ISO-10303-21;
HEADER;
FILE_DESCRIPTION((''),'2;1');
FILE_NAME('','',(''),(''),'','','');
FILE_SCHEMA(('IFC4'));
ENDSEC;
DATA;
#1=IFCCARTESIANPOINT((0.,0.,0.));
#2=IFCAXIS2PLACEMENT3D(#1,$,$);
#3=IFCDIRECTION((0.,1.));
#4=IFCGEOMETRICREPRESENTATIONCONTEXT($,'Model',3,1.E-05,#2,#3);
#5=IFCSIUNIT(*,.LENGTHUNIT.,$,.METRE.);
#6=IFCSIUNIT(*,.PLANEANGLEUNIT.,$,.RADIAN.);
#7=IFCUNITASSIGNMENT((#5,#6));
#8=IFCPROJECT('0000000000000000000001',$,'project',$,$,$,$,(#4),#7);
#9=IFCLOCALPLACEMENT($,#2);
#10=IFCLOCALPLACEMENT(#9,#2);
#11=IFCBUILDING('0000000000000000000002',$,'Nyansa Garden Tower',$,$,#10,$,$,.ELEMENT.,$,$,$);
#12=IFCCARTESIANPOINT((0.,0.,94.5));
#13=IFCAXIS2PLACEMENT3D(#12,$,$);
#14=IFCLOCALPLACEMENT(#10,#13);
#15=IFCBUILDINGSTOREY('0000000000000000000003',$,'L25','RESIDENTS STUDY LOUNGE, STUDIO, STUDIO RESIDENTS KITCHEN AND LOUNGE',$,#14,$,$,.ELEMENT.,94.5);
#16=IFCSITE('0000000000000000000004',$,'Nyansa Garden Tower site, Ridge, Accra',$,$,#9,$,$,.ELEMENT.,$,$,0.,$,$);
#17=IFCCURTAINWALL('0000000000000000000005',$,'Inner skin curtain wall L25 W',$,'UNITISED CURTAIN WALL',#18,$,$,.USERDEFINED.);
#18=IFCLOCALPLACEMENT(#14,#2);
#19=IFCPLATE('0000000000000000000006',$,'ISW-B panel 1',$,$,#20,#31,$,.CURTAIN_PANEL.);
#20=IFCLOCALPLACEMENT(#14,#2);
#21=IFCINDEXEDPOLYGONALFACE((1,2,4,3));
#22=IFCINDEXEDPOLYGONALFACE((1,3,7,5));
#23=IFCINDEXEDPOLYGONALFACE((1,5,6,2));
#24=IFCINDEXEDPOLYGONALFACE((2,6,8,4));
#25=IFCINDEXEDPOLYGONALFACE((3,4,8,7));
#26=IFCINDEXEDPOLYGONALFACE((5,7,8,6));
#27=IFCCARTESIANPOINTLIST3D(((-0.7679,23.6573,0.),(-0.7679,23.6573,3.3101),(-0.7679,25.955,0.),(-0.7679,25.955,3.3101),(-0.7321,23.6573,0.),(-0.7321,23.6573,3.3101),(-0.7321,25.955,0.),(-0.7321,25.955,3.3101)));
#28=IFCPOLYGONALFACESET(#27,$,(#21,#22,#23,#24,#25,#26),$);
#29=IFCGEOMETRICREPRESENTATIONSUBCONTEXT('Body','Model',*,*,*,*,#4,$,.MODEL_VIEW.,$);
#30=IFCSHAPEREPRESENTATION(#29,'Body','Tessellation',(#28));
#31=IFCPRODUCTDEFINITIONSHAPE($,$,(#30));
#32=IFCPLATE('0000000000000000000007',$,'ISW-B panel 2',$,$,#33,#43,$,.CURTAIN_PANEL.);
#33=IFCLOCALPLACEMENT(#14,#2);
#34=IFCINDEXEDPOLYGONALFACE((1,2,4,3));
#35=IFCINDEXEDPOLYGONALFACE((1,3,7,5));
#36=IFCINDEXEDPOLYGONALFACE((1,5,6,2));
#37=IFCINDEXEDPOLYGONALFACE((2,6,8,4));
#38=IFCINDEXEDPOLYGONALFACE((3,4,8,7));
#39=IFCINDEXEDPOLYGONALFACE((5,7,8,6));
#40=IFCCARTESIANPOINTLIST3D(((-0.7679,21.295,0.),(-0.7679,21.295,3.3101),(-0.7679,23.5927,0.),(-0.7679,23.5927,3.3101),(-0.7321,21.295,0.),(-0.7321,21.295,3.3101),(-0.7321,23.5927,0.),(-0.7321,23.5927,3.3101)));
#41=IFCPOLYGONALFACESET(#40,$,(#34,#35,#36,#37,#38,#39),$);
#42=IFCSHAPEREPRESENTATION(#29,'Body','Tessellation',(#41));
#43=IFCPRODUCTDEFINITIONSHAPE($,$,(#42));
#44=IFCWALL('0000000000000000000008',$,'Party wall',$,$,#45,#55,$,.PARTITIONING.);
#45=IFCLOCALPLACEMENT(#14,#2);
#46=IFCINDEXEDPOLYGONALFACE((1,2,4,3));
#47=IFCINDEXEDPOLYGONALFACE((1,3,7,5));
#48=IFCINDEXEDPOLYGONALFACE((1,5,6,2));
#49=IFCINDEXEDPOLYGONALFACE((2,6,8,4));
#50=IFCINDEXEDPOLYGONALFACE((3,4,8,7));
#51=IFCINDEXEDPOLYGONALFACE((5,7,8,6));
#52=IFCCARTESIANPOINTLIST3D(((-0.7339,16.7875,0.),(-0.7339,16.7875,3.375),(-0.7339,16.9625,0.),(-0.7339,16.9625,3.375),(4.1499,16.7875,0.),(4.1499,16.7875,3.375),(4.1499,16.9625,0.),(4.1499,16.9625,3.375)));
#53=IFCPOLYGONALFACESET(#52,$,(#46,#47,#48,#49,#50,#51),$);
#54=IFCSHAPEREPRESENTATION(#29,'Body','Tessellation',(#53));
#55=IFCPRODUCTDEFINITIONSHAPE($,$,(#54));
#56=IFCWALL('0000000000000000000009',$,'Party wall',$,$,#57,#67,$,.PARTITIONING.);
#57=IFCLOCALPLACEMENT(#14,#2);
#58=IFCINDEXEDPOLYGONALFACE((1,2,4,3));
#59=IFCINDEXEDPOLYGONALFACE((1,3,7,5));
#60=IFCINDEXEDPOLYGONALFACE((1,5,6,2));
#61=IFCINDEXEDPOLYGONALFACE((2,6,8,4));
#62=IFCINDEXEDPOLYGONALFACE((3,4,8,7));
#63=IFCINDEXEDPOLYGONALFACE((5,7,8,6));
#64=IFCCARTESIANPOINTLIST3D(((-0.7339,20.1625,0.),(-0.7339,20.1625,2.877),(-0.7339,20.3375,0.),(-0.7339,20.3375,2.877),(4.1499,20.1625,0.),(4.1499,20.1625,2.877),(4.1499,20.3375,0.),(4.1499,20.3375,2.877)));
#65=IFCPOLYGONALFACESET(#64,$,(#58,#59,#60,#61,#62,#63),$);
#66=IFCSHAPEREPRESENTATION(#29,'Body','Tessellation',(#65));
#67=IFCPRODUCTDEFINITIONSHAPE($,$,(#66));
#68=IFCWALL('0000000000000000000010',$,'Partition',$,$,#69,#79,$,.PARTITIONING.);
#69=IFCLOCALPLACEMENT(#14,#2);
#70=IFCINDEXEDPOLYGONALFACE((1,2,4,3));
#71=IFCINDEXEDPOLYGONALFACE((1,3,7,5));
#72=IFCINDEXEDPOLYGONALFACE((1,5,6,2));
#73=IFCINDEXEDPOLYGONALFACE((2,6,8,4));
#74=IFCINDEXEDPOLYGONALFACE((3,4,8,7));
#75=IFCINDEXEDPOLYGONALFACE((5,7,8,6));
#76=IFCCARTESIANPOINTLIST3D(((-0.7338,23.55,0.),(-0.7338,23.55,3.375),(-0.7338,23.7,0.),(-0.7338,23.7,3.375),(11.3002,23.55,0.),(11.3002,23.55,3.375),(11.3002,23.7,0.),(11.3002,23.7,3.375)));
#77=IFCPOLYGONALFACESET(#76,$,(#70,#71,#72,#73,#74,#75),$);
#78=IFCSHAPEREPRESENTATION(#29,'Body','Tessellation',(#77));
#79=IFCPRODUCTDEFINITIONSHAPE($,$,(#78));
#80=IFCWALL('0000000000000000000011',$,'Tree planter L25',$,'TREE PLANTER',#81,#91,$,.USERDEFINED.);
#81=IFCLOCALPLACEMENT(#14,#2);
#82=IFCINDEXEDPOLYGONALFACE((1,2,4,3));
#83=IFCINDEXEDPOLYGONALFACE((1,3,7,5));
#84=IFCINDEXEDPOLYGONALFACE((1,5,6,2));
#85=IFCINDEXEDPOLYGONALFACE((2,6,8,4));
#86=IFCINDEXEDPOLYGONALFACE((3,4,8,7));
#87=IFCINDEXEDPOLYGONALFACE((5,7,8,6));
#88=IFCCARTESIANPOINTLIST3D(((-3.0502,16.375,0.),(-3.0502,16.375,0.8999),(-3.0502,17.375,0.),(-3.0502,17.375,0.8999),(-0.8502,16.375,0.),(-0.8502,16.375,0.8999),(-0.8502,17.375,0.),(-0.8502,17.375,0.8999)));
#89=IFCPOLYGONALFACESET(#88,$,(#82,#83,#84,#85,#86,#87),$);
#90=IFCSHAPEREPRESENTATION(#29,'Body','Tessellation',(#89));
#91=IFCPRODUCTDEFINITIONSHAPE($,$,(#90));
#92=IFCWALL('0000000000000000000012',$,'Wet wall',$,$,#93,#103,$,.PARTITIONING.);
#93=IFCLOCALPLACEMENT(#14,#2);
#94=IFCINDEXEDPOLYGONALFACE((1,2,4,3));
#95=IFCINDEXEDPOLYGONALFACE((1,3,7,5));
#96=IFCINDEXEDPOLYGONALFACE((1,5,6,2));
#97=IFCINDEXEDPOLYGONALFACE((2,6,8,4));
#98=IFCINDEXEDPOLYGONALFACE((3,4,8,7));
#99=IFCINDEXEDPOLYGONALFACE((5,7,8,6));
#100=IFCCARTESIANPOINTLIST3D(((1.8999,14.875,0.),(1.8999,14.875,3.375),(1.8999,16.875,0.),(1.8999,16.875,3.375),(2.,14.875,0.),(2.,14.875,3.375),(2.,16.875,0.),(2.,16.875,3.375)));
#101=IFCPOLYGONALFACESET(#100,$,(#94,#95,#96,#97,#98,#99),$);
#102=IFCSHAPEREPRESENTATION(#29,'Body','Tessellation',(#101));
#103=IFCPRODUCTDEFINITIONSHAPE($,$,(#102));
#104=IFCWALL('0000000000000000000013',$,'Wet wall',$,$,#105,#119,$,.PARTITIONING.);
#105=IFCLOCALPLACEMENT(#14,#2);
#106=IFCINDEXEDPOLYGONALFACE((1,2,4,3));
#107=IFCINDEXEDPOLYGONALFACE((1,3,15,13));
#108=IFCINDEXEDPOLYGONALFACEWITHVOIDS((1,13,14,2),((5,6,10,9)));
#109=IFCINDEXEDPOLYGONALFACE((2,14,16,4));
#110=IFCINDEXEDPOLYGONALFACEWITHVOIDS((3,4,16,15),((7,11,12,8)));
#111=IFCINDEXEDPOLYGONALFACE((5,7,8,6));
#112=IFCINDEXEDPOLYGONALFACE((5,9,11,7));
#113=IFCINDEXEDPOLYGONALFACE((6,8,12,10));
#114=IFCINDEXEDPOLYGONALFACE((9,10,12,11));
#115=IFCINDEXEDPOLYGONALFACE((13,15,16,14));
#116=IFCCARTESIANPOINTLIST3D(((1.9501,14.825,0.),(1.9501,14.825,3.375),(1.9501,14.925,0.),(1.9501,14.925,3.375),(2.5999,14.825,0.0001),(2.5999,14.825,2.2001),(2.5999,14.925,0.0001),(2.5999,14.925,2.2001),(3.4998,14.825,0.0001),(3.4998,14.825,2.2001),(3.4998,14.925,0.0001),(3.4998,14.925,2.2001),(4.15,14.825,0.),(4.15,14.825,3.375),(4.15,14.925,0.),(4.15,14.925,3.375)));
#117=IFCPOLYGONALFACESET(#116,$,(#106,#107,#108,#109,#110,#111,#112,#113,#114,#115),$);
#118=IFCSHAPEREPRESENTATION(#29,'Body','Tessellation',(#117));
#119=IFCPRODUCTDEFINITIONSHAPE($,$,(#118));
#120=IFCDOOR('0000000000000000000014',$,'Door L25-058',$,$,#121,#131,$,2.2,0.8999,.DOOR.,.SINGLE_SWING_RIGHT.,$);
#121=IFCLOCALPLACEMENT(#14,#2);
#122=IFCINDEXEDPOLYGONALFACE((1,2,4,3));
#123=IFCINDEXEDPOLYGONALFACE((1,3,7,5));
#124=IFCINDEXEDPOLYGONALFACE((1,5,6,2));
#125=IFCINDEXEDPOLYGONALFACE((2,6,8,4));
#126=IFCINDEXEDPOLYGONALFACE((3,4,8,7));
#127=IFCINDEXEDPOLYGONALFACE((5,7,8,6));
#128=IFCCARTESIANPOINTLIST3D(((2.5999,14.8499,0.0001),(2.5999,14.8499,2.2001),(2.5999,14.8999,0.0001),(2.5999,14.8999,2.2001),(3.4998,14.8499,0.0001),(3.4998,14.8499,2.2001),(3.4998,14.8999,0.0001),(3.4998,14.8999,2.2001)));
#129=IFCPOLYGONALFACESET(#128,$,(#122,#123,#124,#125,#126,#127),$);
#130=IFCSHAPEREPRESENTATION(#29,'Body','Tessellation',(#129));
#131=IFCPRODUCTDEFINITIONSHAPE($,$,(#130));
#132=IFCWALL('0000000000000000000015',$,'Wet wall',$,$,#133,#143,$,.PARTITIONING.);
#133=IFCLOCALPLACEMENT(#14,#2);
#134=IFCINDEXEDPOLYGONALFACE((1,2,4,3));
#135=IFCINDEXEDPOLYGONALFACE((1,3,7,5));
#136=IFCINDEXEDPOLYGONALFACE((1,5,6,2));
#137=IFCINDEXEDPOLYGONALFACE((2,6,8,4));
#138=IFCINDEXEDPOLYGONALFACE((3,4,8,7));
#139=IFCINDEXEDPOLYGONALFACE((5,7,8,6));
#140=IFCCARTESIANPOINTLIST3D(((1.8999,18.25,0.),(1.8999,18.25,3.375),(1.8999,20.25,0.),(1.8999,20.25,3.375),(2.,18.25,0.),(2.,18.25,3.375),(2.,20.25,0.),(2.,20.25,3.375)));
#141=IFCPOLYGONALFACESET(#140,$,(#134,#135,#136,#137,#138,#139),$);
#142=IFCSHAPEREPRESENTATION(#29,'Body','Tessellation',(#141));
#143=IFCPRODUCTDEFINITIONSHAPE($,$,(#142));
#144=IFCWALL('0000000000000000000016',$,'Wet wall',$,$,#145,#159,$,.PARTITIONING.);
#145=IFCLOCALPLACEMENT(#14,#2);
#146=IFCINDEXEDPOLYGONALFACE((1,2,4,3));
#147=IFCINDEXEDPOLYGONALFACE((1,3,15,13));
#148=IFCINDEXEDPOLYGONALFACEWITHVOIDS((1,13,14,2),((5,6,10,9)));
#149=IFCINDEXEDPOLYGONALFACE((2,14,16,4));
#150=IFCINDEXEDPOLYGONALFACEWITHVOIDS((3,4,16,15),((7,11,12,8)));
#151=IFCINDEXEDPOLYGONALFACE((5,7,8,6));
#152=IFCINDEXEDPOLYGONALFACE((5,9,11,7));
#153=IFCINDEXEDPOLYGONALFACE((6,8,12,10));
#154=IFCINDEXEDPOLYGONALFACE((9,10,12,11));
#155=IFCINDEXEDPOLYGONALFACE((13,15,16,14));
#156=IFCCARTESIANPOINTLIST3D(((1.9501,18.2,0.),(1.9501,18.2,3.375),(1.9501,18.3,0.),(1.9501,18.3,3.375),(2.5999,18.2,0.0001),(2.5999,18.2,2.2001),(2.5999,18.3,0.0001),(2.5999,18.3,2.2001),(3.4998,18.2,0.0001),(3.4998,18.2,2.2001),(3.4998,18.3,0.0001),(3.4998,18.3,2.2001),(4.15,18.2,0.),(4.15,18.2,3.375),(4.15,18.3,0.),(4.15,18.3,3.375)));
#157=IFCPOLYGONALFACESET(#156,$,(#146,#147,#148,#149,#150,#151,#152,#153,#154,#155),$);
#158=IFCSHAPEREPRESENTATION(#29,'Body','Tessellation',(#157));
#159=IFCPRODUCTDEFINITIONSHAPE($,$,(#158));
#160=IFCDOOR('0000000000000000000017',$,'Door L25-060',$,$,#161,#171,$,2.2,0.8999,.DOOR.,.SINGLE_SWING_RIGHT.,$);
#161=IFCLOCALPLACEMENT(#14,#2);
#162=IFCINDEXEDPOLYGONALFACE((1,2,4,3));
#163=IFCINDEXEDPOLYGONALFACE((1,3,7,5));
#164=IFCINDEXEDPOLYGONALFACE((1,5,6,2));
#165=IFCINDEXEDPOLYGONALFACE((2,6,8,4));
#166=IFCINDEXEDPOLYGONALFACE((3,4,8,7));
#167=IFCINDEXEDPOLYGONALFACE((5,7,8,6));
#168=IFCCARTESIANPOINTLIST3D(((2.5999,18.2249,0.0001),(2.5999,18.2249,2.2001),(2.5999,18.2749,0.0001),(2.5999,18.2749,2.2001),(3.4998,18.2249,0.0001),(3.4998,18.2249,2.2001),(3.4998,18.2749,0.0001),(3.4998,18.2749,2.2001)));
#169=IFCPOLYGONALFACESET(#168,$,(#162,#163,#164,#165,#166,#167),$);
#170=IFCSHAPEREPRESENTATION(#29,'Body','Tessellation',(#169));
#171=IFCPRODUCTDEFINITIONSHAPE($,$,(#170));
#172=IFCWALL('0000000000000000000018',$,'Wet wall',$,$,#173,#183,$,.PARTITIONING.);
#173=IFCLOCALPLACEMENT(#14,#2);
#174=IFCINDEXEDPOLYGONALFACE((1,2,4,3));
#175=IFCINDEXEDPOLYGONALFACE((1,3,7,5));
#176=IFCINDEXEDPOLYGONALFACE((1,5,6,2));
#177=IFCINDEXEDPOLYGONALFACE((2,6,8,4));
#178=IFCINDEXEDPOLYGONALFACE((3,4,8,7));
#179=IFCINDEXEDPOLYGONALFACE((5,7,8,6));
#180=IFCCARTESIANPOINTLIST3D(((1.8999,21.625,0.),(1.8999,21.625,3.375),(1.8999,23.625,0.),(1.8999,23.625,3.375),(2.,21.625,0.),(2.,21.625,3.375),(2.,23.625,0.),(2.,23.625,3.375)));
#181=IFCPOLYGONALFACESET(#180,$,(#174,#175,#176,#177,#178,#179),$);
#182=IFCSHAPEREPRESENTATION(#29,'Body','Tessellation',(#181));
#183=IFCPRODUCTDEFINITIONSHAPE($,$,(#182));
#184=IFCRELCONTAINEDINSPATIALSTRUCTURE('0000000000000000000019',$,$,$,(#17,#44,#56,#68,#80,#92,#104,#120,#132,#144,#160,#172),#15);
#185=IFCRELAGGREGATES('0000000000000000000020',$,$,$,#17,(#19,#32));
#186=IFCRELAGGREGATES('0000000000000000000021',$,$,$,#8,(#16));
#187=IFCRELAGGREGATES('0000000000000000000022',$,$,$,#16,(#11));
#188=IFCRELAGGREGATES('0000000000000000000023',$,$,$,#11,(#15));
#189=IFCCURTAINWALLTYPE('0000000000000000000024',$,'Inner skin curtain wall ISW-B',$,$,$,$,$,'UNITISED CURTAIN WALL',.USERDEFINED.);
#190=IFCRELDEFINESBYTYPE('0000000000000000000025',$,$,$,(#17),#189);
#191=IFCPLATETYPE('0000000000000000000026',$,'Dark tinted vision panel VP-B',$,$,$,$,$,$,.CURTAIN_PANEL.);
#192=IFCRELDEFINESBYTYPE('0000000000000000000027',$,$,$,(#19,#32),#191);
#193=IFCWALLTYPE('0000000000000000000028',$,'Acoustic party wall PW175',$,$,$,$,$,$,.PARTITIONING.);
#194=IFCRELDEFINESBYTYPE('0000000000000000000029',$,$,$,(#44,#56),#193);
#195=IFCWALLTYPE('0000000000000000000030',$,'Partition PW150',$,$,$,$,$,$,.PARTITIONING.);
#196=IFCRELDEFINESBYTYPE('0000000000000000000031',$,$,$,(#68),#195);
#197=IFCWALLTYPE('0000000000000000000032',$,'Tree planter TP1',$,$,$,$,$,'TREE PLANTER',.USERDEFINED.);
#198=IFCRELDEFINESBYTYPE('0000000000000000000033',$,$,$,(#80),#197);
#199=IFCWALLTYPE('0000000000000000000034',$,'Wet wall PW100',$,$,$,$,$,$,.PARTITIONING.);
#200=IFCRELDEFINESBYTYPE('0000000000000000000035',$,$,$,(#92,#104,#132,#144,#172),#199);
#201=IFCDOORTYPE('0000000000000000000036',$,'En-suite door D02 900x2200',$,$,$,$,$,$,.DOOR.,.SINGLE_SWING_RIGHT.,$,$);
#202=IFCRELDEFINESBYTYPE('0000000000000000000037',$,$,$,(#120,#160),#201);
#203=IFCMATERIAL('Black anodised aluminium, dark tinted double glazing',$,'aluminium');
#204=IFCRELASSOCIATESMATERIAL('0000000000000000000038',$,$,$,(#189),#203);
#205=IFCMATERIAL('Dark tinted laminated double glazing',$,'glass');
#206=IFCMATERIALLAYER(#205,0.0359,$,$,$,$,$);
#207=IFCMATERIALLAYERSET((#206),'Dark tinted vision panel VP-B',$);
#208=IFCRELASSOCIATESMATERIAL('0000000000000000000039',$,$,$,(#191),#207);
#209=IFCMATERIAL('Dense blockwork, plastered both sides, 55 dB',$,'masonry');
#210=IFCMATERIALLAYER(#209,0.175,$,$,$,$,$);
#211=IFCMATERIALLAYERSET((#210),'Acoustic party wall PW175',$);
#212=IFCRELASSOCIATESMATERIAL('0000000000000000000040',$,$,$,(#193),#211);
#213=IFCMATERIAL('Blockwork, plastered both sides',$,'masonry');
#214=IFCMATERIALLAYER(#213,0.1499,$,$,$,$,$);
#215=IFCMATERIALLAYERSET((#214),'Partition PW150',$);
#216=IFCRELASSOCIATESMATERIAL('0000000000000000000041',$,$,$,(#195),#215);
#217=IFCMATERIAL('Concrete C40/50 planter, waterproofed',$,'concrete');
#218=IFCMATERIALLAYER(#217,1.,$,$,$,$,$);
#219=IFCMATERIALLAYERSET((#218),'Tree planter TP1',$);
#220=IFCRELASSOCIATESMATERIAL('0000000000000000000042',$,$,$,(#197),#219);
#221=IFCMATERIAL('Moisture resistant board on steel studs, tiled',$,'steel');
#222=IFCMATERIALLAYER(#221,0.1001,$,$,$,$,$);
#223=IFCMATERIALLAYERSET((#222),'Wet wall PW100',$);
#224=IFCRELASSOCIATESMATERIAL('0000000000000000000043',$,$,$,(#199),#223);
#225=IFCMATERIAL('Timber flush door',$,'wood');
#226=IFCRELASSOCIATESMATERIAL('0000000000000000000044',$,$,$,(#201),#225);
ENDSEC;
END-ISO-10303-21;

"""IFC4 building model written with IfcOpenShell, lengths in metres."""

from ifc_helpers import new_model, si_unit, direction, frame, frame_2d, origin, origin_2d, place, context, subcontext, project, spatial, rectangle, extrude, material, layer, layer_set, type_object, element, fill, aggregate, save


model = new_model("IFC4")

# Units and contexts
model_context = context("Model", 3, precision=1e-05, world=origin(), true_north=direction((0.0, 1.0)))
body_context = subcontext(model_context, "Body", "Model", "MODEL_VIEW")
ifc_project = project(units=[si_unit("LENGTHUNIT", "METRE"), si_unit("PLANEANGLEUNIT", "RADIAN")], contexts=[model_context])

# Site, building, storey
site_placement = place(None, origin())
site = spatial("IfcSite", under=ifc_project, at=site_placement, Name="Nyansa Garden Tower site, Ridge, Accra", CompositionType="ELEMENT", RefElevation=0.0)
building_placement = place(site_placement, origin())
building = spatial("IfcBuilding", under=site, at=building_placement, Name="Nyansa Garden Tower", CompositionType="ELEMENT")
storey_placement = place(building_placement, frame((0.0, 0.0, 94.5)))
storey = spatial("IfcBuildingStorey", under=building, at=storey_placement, Name="L25", Description="RESIDENTS STUDY LOUNGE, STUDIO, STUDIO RESIDENTS KITCHEN AND LOUNGE", CompositionType="ELEMENT", Elevation=94.5)

# Curtain wall
ifc_material_1 = material(Name="Black anodised aluminium, dark tinted double glazing", Category="aluminium")
curtain_wall_type = type_object("IfcCurtainWallType", Name="Inner skin curtain wall ISW-B", ElementType="UNITISED CURTAIN WALL", PredefinedType="USERDEFINED", material=ifc_material_1)
curtain_wall_placement = place(storey_placement, origin())
curtain_wall = element("IfcCurtainWall", 1, at=curtain_wall_placement, inside=storey, type_object=curtain_wall_type, Name="Inner skin curtain wall L25 W", ObjectType="UNITISED CURTAIN WALL", PredefinedType="USERDEFINED")

# Plates
ifc_material_2 = material(Name="Dark tinted laminated double glazing", Category="glass")
ifc_layer_1 = layer(ifc_material_2, 0.0359)
ifc_layer_set_1 = layer_set([ifc_layer_1], Name="Dark tinted vision panel VP-B")
plate_type = type_object("IfcPlateType", Name="Dark tinted vision panel VP-B", PredefinedType="CURTAIN_PANEL", material=ifc_layer_set_1)
plate_1_placement = place(storey_placement, frame((-0.75, 24.8062, 0.0), z_axis=(0.0, 0.0, 1.0), x_axis=(0.0, -1.0, 0.0)))
plate_1 = element("IfcPlate", 2, at=plate_1_placement, type_object=plate_type, Name="ISW-B panel 1", PredefinedType="CURTAIN_PANEL", context=body_context, shape_type="SweptSolid", body=[
    extrude(rectangle(XDim=2.2976, YDim=0.0359, at=origin_2d()), origin(), (0.0, 0.0, 1.0), 3.3101),
])
plate_2_placement = place(storey_placement, frame((-0.75, 22.4438, 0.0), z_axis=(0.0, 0.0, 1.0), x_axis=(0.0, -1.0, 0.0)))
plate_2 = element("IfcPlate", 3, at=plate_2_placement, type_object=plate_type, Name="ISW-B panel 2", PredefinedType="CURTAIN_PANEL", context=body_context, shape_type="SweptSolid", body=[
    extrude(rectangle(XDim=2.2976, YDim=0.0359, at=origin_2d()), origin(), (0.0, 0.0, 1.0), 3.3101),
])
aggregate(curtain_wall, [plate_1, plate_2])

# Walls
ifc_material_3 = material(Name="Dense blockwork, plastered both sides, 55 dB", Category="masonry")
ifc_layer_2 = layer(ifc_material_3, 0.175)
ifc_layer_set_2 = layer_set([ifc_layer_2], Name="Acoustic party wall PW175")
wall_type_1 = type_object("IfcWallType", Name="Acoustic party wall PW175", PredefinedType="PARTITIONING", material=ifc_layer_set_2)
wall_1_placement = place(storey_placement, frame((-0.7339, 16.875, 0.0), z_axis=(0.0, 0.0, 1.0), x_axis=(1.0, 0.0, 0.0)))
element("IfcWall", 4, at=wall_1_placement, inside=storey, type_object=wall_type_1, Name="Party wall", PredefinedType="PARTITIONING", context=body_context, shape_type="SweptSolid", body=[
    extrude(rectangle(XDim=4.8838, YDim=0.175, at=frame_2d((2.4419, 0.0))), origin(), (0.0, 0.0, 1.0), 3.375),
])
wall_2_placement = place(storey_placement, frame((-0.7339, 20.25, 0.0), z_axis=(0.0, 0.0, 1.0), x_axis=(1.0, 0.0, 0.0)))
element("IfcWall", 5, at=wall_2_placement, inside=storey, type_object=wall_type_1, Name="Party wall", PredefinedType="PARTITIONING", context=body_context, shape_type="SweptSolid", body=[
    extrude(rectangle(XDim=4.8838, YDim=0.175, at=frame_2d((2.4419, 0.0))), origin(), (0.0, 0.0, 1.0), 2.877),
])
ifc_material_4 = material(Name="Blockwork, plastered both sides", Category="masonry")
ifc_layer_3 = layer(ifc_material_4, 0.1499)
ifc_layer_set_3 = layer_set([ifc_layer_3], Name="Partition PW150")
wall_type_2 = type_object("IfcWallType", Name="Partition PW150", PredefinedType="PARTITIONING", material=ifc_layer_set_3)
wall_3_placement = place(storey_placement, frame((-0.7339, 23.625, 0.0), z_axis=(0.0, 0.0, 1.0), x_axis=(1.0, 0.0, 0.0)))
element("IfcWall", 6, at=wall_3_placement, inside=storey, type_object=wall_type_2, Name="Partition", PredefinedType="PARTITIONING", context=body_context, shape_type="SweptSolid", body=[
    extrude(rectangle(XDim=12.0339, YDim=0.1499, at=frame_2d((6.0171, 0.0))), origin(), (0.0, 0.0, 1.0), 3.375),
])
ifc_material_5 = material(Name="Concrete C40/50 planter, waterproofed", Category="concrete")
ifc_layer_4 = layer(ifc_material_5, 1.0)
ifc_layer_set_4 = layer_set([ifc_layer_4], Name="Tree planter TP1")
wall_type_3 = type_object("IfcWallType", Name="Tree planter TP1", ElementType="TREE PLANTER", PredefinedType="USERDEFINED", material=ifc_layer_set_4)
wall_4_placement = place(storey_placement, frame((-0.8501, 16.875, 0.0), z_axis=(0.0, 0.0, 1.0), x_axis=(-1.0, 0.0, 0.0)))
element("IfcWall", 7, at=wall_4_placement, inside=storey, type_object=wall_type_3, Name="Tree planter L25", ObjectType="TREE PLANTER", PredefinedType="USERDEFINED", context=body_context, shape_type="SweptSolid", body=[
    extrude(rectangle(XDim=2.2, YDim=1.0, at=frame_2d((1.1001, 0.0))), origin(), (0.0, 0.0, 1.0), 0.8999),
])
ifc_material_6 = material(Name="Moisture resistant board on steel studs, tiled", Category="steel")
ifc_layer_5 = layer(ifc_material_6, 0.1001)
ifc_layer_set_5 = layer_set([ifc_layer_5], Name="Wet wall PW100")
wall_type_4 = type_object("IfcWallType", Name="Wet wall PW100", PredefinedType="PARTITIONING", material=ifc_layer_set_5)
wall_5_placement = place(storey_placement, frame((1.95, 14.875, 0.0), z_axis=(0.0, 0.0, 1.0), x_axis=(0.0, 1.0, 0.0)))
element("IfcWall", 8, at=wall_5_placement, inside=storey, type_object=wall_type_4, Name="Wet wall", PredefinedType="PARTITIONING", context=body_context, shape_type="SweptSolid", body=[
    extrude(rectangle(XDim=2.0, YDim=0.1001, at=frame_2d((1.0, 0.0))), origin(), (0.0, 0.0, 1.0), 3.375),
])

# Wall, opening, door
wall_6_placement = place(storey_placement, frame((1.95, 14.875, 0.0), z_axis=(0.0, 0.0, 1.0), x_axis=(1.0, 0.0, 0.0)))
wall_6 = element("IfcWall", 9, at=wall_6_placement, inside=storey, type_object=wall_type_4, Name="Wet wall", PredefinedType="PARTITIONING", context=body_context, shape_type="SweptSolid", body=[
    extrude(rectangle(XDim=2.2, YDim=0.1001, at=frame_2d((1.1001, 0.0))), origin(), (0.0, 0.0, 1.0), 3.375),
])
opening_1_placement = place(wall_6_placement, frame((0.6499, 0.0, 0.0)))
opening_1 = element("IfcOpeningElement", 10, at=opening_1_placement, cuts=wall_6, PredefinedType="OPENING", context=body_context, shape_type="SweptSolid", body=[
    extrude(rectangle(XDim=0.8999, YDim=2.2, at=frame_2d((0.45, 1.1001))), frame((0.0, 0.0601, 0.0), z_axis=(0.0, -1.0, 0.0), x_axis=(1.0, 0.0, 0.0)), (0.0, 0.0, 1.0), 0.1201),
])
ifc_material_7 = material(Name="Timber flush door", Category="wood")
door_type = type_object("IfcDoorType", Name="En-suite door D02 900x2200", OperationType="SINGLE_SWING_RIGHT", PredefinedType="DOOR", material=ifc_material_7)
door_1_placement = place(opening_1_placement, origin())
door_1 = element("IfcDoor", 11, at=door_1_placement, inside=storey, type_object=door_type, Name="Door L25-058", OperationType="SINGLE_SWING_RIGHT", OverallHeight=2.2, OverallWidth=0.8999, PredefinedType="DOOR", context=body_context, shape_type="SweptSolid", body=[
    extrude(rectangle(XDim=0.8999, YDim=2.2, at=frame_2d((0.45, 1.1001))), frame((0.0, 0.0249, 0.0), z_axis=(0.0, -1.0, 0.0), x_axis=(1.0, 0.0, 0.0)), (0.0, 0.0, 1.0), 0.05),
])
fill(opening_1, door_1)

# Wall
wall_7_placement = place(storey_placement, frame((1.95, 18.25, 0.0), z_axis=(0.0, 0.0, 1.0), x_axis=(0.0, 1.0, 0.0)))
element("IfcWall", 12, at=wall_7_placement, inside=storey, type_object=wall_type_4, Name="Wet wall", PredefinedType="PARTITIONING", context=body_context, shape_type="SweptSolid", body=[
    extrude(rectangle(XDim=2.0, YDim=0.1001, at=frame_2d((1.0, 0.0))), origin(), (0.0, 0.0, 1.0), 3.375),
])

# Wall, opening, door
wall_8_placement = place(storey_placement, frame((1.95, 18.25, 0.0), z_axis=(0.0, 0.0, 1.0), x_axis=(1.0, 0.0, 0.0)))
wall_8 = element("IfcWall", 13, at=wall_8_placement, inside=storey, type_object=wall_type_4, Name="Wet wall", PredefinedType="PARTITIONING", context=body_context, shape_type="SweptSolid", body=[
    extrude(rectangle(XDim=2.2, YDim=0.1001, at=frame_2d((1.1001, 0.0))), origin(), (0.0, 0.0, 1.0), 3.375),
])
opening_2_placement = place(wall_8_placement, frame((0.6499, 0.0, 0.0)))
opening_2 = element("IfcOpeningElement", 14, at=opening_2_placement, cuts=wall_8, PredefinedType="OPENING", context=body_context, shape_type="SweptSolid", body=[
    extrude(rectangle(XDim=0.8999, YDim=2.2, at=frame_2d((0.45, 1.1001))), frame((0.0, 0.0601, 0.0), z_axis=(0.0, -1.0, 0.0), x_axis=(1.0, 0.0, 0.0)), (0.0, 0.0, 1.0), 0.1201),
])
door_2_placement = place(opening_2_placement, origin())
door_2 = element("IfcDoor", 15, at=door_2_placement, inside=storey, type_object=door_type, Name="Door L25-060", OperationType="SINGLE_SWING_RIGHT", OverallHeight=2.2, OverallWidth=0.8999, PredefinedType="DOOR", context=body_context, shape_type="SweptSolid", body=[
    extrude(rectangle(XDim=0.8999, YDim=2.2, at=frame_2d((0.45, 1.1001))), frame((0.0, 0.0249, 0.0), z_axis=(0.0, -1.0, 0.0), x_axis=(1.0, 0.0, 0.0)), (0.0, 0.0, 1.0), 0.05),
])
fill(opening_2, door_2)

# Wall
wall_9_placement = place(storey_placement, frame((1.95, 21.625, 0.0), z_axis=(0.0, 0.0, 1.0), x_axis=(0.0, 1.0, 0.0)))
element("IfcWall", 16, at=wall_9_placement, inside=storey, type_object=wall_type_4, Name="Wet wall", PredefinedType="PARTITIONING", context=body_context, shape_type="SweptSolid", body=[
    extrude(rectangle(XDim=2.0, YDim=0.1001, at=frame_2d((1.0, 0.0))), origin(), (0.0, 0.0, 1.0), 3.375),
])

save(model, "model.ifc")
